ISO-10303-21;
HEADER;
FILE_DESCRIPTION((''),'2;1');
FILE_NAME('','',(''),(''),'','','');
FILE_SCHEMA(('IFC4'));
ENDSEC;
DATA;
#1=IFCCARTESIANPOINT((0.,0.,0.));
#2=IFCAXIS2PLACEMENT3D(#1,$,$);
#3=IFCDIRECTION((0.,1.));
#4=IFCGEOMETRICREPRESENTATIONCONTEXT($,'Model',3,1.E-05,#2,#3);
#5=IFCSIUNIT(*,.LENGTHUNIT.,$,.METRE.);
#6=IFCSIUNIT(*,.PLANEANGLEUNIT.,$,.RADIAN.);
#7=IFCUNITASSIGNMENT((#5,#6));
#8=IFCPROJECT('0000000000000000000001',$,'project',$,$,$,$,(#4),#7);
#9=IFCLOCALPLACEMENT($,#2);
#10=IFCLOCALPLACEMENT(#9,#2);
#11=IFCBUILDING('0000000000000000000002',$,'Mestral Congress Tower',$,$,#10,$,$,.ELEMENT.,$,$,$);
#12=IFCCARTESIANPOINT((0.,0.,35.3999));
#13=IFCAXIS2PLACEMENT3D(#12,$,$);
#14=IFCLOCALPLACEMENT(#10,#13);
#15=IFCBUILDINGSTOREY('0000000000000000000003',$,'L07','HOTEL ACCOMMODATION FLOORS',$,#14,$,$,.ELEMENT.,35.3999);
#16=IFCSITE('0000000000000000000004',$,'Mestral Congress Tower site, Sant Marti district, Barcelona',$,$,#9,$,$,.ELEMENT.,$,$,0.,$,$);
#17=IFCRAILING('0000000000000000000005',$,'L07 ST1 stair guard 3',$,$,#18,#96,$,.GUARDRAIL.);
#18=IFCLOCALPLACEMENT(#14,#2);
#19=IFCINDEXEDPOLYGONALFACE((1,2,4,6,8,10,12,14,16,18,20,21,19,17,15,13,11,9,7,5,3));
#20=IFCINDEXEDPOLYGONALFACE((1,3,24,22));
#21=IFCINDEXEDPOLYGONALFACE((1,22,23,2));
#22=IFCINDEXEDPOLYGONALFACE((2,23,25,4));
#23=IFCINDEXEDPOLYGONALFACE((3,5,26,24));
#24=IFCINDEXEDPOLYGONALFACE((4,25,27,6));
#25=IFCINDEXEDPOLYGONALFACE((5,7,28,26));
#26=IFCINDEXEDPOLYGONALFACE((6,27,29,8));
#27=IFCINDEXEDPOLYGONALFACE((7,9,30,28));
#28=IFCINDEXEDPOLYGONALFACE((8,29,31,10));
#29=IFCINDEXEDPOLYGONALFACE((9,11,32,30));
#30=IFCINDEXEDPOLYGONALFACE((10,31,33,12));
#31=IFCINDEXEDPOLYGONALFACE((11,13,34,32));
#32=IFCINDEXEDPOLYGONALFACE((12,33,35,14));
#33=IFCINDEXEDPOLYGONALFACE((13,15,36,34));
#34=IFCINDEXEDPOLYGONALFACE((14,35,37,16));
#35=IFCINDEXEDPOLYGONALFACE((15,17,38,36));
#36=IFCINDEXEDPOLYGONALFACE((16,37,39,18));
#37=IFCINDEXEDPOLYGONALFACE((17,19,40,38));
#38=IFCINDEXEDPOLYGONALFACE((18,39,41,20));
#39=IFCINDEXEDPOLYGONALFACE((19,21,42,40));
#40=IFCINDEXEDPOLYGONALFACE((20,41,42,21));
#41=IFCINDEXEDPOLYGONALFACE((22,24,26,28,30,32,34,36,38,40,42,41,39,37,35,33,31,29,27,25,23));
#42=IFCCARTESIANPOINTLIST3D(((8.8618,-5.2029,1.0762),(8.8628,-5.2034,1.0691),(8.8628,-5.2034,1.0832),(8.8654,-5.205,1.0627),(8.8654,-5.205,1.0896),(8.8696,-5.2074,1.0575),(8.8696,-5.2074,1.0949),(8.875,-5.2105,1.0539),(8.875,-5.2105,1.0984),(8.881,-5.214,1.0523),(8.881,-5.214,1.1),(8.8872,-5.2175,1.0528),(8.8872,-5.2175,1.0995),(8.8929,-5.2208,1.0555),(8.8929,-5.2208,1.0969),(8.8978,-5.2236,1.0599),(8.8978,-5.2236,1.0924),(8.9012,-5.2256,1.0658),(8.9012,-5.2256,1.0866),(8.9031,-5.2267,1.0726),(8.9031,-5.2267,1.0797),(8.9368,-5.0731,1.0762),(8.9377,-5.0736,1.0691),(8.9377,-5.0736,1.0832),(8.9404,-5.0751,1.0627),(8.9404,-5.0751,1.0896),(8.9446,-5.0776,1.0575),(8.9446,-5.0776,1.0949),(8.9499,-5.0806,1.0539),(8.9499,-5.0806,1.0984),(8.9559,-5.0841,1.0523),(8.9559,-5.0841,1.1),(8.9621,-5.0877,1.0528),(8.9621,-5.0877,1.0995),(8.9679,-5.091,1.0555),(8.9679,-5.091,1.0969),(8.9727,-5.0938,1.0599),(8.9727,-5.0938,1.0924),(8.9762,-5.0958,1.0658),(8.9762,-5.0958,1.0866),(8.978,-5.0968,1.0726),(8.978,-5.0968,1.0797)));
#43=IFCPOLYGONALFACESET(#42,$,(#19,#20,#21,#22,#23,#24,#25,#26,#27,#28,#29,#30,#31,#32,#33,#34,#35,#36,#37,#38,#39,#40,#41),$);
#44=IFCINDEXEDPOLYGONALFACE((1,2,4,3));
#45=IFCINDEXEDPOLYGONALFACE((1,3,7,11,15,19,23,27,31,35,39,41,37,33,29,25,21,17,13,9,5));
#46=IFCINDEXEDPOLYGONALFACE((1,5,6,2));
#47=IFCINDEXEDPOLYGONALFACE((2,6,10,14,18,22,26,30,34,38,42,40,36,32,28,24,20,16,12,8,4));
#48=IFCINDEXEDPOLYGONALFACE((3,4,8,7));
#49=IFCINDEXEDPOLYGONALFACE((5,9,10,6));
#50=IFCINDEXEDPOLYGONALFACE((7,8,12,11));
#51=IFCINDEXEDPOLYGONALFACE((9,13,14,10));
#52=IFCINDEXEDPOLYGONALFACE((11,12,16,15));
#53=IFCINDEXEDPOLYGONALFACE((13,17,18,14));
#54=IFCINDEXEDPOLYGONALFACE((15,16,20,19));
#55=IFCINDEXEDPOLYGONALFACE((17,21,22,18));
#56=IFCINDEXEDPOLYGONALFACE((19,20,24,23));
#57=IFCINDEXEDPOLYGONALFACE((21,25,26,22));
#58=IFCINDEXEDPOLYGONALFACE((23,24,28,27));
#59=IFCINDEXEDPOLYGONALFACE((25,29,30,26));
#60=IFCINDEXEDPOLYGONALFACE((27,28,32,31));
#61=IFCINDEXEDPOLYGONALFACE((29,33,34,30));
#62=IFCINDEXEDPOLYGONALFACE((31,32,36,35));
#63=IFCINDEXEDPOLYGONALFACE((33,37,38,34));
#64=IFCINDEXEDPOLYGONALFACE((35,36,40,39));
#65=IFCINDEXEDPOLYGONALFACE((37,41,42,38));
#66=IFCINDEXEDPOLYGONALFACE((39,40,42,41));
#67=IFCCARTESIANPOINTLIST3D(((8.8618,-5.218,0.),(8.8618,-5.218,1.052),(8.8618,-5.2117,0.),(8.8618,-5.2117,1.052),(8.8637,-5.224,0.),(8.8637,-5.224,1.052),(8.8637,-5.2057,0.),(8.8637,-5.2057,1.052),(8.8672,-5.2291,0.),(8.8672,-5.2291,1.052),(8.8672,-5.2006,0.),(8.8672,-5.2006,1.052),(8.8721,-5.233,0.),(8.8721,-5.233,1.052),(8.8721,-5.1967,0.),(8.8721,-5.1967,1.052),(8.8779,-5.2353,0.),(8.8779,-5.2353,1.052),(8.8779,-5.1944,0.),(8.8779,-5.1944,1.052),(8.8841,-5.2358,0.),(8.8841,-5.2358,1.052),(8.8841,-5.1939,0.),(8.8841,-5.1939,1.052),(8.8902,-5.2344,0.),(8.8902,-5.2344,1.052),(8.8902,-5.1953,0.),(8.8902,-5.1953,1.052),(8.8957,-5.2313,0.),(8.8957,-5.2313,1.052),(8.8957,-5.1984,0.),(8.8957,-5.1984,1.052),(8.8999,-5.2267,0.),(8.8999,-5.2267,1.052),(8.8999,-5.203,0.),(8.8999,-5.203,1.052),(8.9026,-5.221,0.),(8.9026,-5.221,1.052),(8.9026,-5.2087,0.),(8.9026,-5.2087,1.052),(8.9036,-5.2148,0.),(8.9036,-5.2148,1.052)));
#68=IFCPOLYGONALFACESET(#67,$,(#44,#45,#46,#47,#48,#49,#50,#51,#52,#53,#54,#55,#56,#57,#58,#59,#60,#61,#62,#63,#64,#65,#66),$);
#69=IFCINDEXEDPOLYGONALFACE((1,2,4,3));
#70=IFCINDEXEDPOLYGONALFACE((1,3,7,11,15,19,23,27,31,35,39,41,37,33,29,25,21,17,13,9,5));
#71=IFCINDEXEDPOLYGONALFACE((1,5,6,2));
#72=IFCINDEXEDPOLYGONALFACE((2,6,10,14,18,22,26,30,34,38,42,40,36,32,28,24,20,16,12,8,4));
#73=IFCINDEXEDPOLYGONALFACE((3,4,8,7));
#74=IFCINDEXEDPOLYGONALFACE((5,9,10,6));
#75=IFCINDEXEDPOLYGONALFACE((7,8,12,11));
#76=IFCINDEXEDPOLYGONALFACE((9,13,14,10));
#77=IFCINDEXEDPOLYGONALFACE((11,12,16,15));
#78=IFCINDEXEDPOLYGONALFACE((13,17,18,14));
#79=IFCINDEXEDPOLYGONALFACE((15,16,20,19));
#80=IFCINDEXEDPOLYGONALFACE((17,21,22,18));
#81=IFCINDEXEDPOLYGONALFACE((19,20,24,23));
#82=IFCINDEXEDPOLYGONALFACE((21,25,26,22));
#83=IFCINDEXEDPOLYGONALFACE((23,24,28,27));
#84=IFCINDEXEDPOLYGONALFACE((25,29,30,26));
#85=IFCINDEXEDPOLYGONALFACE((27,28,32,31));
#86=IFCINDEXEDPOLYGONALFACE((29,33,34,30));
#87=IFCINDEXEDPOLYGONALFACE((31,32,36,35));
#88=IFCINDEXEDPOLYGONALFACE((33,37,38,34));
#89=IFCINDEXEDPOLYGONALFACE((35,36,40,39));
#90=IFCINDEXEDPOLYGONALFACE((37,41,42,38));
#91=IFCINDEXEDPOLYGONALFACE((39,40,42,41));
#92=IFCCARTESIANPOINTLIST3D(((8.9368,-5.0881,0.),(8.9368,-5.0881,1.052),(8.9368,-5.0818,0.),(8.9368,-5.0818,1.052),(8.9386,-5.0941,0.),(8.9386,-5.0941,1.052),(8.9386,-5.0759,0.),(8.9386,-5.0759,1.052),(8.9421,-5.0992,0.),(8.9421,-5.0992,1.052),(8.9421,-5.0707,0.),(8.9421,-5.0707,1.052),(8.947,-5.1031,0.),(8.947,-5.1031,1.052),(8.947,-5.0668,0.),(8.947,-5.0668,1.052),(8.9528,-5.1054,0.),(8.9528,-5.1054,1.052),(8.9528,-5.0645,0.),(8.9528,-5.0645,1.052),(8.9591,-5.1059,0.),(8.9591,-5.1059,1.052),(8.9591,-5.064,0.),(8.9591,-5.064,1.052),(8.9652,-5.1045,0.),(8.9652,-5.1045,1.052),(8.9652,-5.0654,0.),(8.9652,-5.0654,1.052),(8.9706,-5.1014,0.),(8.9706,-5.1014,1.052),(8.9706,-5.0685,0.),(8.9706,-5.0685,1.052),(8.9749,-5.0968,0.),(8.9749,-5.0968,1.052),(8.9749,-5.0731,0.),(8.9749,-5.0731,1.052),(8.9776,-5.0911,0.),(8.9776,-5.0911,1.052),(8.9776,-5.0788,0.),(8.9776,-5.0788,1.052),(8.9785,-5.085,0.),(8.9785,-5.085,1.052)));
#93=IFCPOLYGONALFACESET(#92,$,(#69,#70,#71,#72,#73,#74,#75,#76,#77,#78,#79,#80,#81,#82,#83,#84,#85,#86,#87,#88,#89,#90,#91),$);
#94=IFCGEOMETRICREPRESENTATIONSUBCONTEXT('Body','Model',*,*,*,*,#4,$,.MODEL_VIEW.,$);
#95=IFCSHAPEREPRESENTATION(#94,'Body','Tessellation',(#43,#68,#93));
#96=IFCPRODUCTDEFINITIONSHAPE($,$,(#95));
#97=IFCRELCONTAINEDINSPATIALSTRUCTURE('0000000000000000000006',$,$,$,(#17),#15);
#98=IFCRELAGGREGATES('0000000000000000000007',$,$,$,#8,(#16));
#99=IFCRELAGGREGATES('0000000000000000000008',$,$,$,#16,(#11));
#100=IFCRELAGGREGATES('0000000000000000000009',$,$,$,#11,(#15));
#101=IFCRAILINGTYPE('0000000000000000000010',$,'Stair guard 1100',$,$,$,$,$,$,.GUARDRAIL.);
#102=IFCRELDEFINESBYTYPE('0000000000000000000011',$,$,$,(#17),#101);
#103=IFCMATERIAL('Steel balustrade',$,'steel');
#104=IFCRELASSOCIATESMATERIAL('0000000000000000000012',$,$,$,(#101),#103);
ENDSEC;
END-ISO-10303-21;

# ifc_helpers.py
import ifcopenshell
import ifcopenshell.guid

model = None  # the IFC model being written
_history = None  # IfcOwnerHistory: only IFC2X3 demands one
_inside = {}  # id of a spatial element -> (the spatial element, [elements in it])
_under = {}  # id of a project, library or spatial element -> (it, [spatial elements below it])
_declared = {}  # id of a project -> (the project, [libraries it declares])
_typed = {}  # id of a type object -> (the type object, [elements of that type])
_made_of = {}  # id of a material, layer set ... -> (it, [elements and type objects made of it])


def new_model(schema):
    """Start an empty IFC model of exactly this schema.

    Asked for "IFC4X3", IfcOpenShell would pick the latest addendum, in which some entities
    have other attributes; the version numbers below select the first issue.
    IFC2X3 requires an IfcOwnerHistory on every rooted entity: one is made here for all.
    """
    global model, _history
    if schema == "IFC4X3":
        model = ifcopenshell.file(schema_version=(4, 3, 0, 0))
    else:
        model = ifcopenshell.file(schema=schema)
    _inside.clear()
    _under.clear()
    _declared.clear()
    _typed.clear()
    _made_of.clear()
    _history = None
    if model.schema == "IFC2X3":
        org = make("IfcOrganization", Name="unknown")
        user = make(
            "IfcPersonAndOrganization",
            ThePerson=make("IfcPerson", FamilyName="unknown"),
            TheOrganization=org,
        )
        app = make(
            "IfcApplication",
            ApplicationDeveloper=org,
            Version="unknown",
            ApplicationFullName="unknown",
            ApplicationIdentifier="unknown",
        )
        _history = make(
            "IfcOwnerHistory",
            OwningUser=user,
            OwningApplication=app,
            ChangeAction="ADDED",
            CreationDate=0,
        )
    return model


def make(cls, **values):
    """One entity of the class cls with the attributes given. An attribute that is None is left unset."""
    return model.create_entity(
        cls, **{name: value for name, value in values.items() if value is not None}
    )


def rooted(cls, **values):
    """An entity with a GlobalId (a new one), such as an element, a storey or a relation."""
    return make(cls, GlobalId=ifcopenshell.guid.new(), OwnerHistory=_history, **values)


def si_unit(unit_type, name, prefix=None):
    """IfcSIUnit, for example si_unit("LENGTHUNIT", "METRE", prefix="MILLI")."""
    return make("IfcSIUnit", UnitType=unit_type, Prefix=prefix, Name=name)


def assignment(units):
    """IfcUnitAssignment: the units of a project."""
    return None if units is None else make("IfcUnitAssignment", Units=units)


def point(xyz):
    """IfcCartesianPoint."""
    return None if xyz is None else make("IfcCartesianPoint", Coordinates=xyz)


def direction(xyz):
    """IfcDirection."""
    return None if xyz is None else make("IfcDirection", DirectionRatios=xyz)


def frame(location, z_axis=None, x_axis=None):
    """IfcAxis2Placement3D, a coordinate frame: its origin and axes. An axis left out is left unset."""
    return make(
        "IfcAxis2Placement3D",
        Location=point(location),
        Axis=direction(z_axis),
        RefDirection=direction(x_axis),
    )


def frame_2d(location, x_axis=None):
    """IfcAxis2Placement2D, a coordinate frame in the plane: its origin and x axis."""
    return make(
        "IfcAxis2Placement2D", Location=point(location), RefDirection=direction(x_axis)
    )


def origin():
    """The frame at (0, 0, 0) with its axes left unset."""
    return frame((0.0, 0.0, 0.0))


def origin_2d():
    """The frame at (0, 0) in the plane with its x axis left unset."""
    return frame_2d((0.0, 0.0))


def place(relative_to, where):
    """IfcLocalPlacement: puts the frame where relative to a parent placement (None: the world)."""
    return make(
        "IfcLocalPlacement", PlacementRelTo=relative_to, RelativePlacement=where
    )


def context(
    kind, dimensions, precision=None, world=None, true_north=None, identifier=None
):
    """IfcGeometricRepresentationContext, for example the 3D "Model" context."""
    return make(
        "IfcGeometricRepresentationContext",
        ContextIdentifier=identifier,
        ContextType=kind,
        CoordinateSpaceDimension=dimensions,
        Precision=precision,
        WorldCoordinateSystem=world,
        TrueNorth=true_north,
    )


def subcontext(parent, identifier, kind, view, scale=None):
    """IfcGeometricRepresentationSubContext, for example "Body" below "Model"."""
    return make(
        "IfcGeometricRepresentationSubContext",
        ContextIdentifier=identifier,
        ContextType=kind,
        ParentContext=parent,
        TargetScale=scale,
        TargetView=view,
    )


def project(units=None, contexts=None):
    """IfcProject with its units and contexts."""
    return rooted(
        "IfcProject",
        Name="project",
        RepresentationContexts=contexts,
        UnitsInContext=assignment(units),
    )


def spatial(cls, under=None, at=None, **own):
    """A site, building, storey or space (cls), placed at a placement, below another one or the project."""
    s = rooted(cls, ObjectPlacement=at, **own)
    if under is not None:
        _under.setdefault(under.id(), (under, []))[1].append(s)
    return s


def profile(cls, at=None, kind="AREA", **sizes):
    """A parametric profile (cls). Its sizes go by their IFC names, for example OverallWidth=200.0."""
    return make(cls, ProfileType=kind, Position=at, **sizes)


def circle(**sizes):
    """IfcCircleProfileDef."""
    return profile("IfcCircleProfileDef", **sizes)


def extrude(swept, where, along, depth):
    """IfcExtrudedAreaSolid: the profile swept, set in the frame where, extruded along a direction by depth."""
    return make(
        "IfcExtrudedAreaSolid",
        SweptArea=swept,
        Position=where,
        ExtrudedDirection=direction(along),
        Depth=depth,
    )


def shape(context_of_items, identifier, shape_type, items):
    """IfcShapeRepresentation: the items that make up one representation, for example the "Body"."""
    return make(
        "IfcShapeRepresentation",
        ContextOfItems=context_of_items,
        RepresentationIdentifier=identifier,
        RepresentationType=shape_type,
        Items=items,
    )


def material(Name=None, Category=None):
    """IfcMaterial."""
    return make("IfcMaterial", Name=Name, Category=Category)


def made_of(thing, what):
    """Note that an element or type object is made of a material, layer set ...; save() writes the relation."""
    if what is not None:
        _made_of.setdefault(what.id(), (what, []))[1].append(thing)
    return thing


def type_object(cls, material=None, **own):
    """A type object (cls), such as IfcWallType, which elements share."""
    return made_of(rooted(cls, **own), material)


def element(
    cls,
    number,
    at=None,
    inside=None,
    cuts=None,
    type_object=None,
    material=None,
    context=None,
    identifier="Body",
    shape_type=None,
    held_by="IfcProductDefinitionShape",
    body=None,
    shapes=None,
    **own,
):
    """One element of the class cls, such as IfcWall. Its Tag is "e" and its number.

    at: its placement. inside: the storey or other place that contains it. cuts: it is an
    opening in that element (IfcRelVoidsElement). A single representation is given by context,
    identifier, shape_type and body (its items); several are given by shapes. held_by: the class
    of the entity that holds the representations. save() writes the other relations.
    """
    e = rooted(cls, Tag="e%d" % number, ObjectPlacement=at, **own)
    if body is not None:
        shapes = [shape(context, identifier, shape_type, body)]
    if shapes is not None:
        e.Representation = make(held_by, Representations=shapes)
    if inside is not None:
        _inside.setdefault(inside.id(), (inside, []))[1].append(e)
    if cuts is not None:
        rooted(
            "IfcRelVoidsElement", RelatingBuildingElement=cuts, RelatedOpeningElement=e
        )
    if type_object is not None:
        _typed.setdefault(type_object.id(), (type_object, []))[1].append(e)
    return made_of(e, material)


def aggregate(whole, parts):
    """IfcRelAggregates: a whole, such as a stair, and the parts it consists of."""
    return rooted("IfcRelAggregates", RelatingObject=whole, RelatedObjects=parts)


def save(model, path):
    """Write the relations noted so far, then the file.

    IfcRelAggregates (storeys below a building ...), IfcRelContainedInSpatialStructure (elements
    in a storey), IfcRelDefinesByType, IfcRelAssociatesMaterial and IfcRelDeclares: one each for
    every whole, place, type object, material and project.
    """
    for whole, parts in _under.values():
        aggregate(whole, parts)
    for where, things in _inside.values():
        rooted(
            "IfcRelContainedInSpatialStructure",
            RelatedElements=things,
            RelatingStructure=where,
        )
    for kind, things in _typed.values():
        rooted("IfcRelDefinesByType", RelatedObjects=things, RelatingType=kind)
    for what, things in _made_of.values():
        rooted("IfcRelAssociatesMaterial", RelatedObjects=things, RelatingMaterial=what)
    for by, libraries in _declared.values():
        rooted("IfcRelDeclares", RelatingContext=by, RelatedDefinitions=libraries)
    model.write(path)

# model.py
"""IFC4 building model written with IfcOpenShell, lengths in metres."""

from ifc_helpers import new_model, si_unit, direction, frame, origin, origin_2d, place, context, subcontext, project, spatial, circle, extrude, material, type_object, element, save


model = new_model("IFC4")

# Units and contexts
model_context = context("Model", 3, precision=1e-05, world=origin(), true_north=direction((0.0, 1.0)))
body_context = subcontext(model_context, "Body", "Model", "MODEL_VIEW")
ifc_project = project(units=[si_unit("LENGTHUNIT", "METRE"), si_unit("PLANEANGLEUNIT", "RADIAN")], contexts=[model_context])

# Site, building, storey
site_placement = place(None, origin())
site = spatial("IfcSite", under=ifc_project, at=site_placement, Name="Mestral Congress Tower site, Sant Marti district, Barcelona", CompositionType="ELEMENT", RefElevation=0.0)
building_placement = place(site_placement, origin())
building = spatial("IfcBuilding", under=site, at=building_placement, Name="Mestral Congress Tower", CompositionType="ELEMENT")
storey_placement = place(building_placement, frame((0.0, 0.0, 35.3999)))
storey = spatial("IfcBuildingStorey", under=building, at=storey_placement, Name="L07", Description="HOTEL ACCOMMODATION FLOORS", CompositionType="ELEMENT", Elevation=35.3999)

# Railing
ifc_material_1 = material(Name="Steel balustrade", Category="steel")
railing_type_1 = type_object("IfcRailingType", Name="Stair guard 1100", PredefinedType="GUARDRAIL", material=ifc_material_1)
railing_1_placement = place(storey_placement, frame((8.8826, -5.2148, 0.0)))
element("IfcRailing", 1, at=railing_1_placement, inside=storey, type_object=railing_type_1, Name="L07 ST1 stair guard 3", PredefinedType="GUARDRAIL", context=body_context, shape_type="SweptSolid", body=[
    extrude(circle(Radius=0.0239, at=origin_2d()), frame((0.0, 0.0, 1.0762), z_axis=(0.499816, 0.866131, 0.0), x_axis=(-0.866131, 0.499816, 0.0)), (0.0, 0.0, 1.0), 0.1499),
    extrude(circle(Radius=0.021, at=origin_2d()), origin(), (0.0, 0.0, 1.0), 1.052),
    extrude(circle(Radius=0.021, at=origin_2d()), frame((0.075, 0.1299, 0.0)), (0.0, 0.0, 1.0), 1.052),
])

save(model, "model.ifc")
